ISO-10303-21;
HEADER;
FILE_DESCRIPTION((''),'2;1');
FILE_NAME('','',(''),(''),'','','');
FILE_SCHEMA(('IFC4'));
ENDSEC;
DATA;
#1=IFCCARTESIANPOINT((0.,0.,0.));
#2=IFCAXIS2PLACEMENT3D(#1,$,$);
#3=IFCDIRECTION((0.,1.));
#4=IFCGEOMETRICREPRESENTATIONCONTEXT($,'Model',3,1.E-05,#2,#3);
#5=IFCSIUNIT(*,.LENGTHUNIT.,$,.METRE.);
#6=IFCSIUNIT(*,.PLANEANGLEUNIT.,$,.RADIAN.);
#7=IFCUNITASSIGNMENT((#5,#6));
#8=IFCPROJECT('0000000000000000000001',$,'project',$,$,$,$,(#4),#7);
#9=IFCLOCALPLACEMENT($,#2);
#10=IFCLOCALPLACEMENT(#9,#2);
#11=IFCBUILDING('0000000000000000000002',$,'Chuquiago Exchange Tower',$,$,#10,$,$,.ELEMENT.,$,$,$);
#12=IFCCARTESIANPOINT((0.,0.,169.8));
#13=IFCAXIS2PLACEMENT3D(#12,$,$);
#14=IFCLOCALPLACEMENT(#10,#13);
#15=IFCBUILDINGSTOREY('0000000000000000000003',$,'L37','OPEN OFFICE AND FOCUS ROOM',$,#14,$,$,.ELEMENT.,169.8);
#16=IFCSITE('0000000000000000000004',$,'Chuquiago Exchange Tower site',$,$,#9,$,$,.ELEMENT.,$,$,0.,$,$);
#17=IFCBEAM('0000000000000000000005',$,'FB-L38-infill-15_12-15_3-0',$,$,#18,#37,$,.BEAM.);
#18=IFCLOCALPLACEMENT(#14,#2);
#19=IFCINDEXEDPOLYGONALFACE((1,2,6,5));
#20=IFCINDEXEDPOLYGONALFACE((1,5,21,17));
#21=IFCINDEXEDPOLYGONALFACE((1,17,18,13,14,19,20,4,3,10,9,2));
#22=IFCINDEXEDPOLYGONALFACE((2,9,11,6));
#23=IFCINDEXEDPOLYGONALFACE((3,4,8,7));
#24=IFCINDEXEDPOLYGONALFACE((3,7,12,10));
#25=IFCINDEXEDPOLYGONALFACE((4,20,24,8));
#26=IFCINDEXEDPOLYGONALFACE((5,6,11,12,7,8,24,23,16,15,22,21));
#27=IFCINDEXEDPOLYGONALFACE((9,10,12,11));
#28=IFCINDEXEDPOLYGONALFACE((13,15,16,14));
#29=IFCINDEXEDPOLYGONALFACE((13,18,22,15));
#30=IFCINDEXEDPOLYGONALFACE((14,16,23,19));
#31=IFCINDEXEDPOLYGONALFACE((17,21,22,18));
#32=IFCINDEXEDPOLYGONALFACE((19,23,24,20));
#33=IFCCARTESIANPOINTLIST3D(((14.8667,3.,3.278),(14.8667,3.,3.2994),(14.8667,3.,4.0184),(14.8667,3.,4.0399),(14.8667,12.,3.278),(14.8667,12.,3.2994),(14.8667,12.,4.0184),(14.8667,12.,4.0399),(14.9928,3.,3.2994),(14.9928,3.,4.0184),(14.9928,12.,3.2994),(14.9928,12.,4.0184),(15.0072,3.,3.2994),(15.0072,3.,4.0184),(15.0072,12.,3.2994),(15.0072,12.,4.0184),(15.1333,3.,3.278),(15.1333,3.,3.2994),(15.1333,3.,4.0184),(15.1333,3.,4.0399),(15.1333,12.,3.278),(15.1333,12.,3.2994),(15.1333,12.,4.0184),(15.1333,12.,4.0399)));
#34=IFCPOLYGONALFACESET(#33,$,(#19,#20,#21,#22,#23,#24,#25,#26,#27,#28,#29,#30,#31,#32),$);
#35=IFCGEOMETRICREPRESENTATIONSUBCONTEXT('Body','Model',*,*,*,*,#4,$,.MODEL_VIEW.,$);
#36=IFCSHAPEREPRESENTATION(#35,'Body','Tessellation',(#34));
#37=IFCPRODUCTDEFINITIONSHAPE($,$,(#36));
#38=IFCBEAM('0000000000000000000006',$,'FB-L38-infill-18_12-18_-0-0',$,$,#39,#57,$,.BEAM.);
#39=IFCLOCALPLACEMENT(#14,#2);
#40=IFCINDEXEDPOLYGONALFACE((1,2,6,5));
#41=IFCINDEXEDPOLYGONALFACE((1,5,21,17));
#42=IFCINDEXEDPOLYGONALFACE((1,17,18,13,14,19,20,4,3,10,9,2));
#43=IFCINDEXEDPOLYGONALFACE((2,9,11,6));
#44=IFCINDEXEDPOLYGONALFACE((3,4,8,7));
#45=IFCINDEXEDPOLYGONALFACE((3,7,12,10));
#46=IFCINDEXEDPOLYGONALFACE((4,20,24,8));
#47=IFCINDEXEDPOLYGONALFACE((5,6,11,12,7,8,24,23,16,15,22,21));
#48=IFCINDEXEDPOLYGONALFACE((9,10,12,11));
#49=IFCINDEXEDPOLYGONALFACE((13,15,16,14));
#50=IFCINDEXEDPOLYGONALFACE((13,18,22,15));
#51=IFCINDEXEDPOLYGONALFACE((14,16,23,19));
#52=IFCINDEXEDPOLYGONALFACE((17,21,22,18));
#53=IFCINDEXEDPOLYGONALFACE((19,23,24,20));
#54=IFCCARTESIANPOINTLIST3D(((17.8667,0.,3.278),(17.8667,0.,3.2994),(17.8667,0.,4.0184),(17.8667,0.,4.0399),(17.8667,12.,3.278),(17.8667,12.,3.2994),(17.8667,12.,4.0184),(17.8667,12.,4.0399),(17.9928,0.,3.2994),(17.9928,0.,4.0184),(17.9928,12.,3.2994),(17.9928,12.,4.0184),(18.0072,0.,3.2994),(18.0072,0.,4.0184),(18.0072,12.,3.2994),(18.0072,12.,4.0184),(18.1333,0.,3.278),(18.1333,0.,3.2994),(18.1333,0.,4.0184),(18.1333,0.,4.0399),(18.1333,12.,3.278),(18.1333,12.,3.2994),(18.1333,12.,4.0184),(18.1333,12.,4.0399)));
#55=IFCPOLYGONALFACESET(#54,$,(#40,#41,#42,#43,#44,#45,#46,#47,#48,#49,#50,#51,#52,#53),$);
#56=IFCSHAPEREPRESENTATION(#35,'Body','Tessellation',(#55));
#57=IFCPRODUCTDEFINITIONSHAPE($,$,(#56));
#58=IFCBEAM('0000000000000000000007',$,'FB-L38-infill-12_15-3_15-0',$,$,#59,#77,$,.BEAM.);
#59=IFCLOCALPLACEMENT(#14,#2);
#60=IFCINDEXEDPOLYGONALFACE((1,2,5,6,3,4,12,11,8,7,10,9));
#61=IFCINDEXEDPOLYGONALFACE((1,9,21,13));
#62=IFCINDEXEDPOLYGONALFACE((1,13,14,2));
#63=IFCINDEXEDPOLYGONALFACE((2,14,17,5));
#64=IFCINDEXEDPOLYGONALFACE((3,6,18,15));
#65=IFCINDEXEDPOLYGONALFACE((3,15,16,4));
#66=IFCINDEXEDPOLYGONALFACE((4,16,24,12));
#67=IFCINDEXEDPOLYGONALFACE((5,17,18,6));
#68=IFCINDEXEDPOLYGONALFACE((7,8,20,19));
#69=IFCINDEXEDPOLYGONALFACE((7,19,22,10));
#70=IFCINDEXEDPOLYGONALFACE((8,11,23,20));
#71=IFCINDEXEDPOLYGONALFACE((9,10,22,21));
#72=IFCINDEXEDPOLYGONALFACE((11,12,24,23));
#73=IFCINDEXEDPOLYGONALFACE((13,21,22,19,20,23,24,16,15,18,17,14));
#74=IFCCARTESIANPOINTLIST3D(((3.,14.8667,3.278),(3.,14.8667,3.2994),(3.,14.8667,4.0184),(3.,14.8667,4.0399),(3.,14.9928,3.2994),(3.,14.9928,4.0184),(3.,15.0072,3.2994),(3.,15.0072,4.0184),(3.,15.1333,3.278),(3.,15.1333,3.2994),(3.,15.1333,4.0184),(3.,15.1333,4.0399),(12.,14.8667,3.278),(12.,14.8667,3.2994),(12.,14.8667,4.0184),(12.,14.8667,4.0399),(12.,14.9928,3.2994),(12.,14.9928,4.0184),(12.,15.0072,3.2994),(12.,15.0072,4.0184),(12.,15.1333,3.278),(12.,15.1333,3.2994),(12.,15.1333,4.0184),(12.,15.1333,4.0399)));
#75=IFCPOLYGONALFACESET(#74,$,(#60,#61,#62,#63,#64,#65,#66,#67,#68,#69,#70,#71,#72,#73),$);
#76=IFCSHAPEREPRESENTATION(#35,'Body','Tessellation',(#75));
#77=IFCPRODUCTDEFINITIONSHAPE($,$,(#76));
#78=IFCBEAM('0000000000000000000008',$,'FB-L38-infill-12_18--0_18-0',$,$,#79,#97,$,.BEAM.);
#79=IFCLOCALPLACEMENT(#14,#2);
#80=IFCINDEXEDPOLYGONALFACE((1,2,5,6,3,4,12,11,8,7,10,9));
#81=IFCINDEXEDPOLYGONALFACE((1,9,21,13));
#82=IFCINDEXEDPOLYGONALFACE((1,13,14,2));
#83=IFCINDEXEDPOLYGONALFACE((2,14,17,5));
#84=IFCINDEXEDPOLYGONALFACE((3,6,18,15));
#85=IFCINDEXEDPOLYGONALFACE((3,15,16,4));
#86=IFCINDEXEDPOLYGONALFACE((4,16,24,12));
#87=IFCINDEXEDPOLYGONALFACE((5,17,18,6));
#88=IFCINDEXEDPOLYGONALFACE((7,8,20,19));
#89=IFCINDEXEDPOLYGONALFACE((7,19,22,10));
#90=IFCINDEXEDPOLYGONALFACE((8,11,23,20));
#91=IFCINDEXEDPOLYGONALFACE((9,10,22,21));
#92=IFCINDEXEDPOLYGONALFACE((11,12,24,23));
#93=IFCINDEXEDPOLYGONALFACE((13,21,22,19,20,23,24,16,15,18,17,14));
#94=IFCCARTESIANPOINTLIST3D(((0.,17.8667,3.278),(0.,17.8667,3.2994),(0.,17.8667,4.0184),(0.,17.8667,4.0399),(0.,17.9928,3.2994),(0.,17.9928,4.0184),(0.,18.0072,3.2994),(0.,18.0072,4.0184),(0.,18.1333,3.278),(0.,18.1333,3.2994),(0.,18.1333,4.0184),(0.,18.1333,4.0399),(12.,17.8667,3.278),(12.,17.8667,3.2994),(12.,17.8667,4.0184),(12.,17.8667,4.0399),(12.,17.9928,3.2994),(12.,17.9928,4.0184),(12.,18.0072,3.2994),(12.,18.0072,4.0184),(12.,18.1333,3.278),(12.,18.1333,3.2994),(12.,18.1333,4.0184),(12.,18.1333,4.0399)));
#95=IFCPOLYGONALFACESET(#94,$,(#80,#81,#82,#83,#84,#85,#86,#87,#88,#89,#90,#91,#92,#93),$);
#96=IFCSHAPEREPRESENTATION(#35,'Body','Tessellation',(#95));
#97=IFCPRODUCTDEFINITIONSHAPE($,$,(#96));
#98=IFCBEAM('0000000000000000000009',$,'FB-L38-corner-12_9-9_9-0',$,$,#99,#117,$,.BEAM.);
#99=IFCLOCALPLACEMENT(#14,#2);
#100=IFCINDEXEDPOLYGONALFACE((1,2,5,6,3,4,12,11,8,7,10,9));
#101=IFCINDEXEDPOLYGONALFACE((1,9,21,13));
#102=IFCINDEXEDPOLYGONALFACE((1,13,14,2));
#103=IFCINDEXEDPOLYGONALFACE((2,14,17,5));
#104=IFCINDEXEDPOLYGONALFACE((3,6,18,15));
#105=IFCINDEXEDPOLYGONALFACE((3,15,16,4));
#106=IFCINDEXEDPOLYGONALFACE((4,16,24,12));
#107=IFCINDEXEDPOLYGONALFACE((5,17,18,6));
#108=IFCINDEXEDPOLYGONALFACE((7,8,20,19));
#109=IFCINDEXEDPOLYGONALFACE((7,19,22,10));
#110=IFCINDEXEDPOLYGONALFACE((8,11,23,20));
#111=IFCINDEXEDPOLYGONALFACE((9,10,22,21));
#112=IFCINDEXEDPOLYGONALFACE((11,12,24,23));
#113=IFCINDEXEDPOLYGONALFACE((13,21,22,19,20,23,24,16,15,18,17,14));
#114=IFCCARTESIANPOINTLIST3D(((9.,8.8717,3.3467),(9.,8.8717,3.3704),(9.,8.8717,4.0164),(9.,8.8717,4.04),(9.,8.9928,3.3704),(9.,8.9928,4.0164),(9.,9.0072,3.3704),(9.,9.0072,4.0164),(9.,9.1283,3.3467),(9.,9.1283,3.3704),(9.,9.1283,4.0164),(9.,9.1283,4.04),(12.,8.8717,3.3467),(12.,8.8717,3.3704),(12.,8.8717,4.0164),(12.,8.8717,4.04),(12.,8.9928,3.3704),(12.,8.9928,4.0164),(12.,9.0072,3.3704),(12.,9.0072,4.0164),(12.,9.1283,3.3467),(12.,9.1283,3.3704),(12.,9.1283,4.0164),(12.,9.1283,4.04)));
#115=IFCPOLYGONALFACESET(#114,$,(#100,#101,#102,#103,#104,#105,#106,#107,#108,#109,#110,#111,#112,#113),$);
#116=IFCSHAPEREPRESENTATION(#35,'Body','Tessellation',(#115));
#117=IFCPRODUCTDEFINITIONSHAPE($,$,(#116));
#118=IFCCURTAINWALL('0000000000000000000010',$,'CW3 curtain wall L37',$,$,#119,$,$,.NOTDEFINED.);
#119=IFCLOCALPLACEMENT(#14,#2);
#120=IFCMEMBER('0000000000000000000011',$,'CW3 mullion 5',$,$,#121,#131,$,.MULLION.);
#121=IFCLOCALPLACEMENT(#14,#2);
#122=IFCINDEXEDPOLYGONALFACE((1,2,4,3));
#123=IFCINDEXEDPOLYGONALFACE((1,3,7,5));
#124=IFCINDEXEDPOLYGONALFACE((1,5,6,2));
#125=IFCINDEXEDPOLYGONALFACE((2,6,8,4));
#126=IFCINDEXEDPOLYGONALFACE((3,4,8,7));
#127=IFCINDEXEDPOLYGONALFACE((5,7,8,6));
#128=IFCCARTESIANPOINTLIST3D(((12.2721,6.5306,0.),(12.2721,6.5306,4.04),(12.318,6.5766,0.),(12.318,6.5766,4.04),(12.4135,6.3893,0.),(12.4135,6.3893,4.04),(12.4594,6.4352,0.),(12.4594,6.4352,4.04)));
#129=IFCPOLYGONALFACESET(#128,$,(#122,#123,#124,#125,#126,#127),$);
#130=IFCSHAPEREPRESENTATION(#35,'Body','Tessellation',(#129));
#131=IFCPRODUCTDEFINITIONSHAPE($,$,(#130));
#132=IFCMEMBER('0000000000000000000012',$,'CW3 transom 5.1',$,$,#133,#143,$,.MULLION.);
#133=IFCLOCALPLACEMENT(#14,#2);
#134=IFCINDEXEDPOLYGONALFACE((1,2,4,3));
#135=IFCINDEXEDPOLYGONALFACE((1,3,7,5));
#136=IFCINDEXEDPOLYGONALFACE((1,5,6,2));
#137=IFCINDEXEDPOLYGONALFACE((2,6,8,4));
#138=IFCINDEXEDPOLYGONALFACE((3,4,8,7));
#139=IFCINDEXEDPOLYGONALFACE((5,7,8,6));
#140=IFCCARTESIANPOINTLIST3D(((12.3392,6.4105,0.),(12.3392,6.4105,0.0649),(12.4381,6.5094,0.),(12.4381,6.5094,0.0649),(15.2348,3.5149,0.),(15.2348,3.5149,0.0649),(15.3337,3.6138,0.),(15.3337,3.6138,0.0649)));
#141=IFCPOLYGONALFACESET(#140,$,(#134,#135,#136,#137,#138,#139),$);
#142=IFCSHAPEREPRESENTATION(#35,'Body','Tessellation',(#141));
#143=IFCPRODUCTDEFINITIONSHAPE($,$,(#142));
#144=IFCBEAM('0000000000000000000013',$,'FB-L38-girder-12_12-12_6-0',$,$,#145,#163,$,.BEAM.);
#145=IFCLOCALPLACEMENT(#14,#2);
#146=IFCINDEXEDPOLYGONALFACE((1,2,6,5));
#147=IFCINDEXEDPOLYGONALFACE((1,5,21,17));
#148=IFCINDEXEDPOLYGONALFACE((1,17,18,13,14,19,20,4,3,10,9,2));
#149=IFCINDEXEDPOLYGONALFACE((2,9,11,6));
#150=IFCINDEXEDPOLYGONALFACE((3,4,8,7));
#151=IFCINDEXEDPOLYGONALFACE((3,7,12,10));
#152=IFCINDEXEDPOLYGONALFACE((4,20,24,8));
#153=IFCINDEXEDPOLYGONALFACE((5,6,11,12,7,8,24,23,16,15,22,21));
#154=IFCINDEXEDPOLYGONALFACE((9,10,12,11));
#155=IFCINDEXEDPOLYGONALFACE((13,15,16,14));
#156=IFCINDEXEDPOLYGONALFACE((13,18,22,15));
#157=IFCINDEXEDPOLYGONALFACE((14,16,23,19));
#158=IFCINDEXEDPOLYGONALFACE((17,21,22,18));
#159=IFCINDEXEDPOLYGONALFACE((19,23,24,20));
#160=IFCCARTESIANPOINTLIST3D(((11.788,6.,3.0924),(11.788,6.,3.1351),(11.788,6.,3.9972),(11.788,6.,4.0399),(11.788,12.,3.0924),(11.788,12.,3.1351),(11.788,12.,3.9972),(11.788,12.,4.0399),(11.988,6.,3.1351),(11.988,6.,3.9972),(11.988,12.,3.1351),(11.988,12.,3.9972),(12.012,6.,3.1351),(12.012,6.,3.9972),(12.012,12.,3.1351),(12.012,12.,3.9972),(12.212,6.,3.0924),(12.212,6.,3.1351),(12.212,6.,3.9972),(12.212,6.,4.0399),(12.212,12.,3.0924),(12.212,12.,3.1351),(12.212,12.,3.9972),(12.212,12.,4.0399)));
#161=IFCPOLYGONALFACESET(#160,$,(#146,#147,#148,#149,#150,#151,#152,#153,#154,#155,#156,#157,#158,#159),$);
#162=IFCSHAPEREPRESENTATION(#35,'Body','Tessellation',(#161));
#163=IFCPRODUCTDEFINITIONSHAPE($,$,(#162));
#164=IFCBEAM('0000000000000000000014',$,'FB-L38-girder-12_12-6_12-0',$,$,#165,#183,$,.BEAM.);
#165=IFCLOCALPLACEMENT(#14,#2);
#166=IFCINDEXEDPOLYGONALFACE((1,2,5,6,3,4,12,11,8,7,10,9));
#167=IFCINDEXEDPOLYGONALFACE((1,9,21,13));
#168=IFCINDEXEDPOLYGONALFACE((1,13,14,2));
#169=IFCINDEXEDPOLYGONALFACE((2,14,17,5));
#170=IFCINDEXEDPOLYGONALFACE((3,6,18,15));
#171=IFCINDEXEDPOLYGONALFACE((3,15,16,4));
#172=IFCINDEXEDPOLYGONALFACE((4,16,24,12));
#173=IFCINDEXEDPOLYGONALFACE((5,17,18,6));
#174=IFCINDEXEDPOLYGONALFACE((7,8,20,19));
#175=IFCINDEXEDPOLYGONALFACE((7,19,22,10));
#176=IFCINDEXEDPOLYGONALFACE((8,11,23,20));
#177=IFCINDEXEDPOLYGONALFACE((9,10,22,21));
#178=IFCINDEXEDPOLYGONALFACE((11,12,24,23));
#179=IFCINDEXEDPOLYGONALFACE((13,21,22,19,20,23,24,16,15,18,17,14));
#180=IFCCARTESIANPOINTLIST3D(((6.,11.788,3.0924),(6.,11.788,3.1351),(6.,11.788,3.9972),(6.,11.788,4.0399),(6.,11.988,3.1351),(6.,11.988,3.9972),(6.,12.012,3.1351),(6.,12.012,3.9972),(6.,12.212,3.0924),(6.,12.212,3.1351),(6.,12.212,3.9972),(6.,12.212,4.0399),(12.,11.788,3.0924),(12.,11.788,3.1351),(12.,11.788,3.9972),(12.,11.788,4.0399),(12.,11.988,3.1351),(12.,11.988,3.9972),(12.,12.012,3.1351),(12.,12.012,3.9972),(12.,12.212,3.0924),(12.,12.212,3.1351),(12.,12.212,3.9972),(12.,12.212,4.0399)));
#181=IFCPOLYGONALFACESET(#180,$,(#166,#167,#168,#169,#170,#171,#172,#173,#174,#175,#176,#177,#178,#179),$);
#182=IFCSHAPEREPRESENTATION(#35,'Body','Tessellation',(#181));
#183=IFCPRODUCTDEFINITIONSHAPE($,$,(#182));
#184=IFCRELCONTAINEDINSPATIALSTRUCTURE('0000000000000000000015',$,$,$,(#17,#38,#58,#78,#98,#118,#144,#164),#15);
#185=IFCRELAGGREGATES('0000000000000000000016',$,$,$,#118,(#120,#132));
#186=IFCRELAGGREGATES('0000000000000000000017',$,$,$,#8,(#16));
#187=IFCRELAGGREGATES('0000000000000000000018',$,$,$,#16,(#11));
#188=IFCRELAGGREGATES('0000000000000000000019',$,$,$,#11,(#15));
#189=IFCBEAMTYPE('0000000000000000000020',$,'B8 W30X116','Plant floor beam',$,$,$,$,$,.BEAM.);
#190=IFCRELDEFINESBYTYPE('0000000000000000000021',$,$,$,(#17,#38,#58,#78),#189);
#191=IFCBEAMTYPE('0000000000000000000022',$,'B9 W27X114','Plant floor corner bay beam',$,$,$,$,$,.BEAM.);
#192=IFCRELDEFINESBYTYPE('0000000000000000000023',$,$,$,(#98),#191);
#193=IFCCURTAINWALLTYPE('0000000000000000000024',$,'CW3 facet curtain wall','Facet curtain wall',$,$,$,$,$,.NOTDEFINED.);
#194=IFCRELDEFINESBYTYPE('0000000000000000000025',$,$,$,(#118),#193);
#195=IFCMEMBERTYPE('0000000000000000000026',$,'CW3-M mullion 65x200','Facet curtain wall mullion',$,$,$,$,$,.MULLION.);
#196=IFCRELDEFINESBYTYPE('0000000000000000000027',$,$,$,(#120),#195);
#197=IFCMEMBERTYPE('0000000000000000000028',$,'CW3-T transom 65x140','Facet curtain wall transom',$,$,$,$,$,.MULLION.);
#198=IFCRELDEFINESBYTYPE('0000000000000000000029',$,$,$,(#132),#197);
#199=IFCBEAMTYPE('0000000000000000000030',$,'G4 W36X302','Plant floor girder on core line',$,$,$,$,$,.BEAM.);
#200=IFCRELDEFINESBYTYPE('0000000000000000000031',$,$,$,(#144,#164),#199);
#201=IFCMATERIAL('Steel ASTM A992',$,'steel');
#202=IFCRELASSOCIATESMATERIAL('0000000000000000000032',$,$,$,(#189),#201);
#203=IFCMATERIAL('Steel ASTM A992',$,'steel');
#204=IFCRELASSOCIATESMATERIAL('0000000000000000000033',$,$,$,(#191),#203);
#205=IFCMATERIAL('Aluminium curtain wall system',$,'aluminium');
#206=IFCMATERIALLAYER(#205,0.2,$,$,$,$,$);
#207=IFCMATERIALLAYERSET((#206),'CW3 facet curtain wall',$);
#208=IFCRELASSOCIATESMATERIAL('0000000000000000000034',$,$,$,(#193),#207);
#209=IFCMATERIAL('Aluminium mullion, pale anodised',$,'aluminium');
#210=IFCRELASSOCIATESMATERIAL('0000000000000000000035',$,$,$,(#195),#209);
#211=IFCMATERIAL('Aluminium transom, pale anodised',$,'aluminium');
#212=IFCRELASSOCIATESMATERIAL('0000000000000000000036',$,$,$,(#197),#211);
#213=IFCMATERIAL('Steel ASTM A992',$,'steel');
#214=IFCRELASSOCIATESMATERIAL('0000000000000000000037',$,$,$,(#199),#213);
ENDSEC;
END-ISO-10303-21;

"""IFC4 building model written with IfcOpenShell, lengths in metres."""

from ifc_helpers import new_model, si_unit, direction, frame, origin, origin_2d, place, context, subcontext, project, spatial, rectangle, i_section, extrude, material, layer, layer_set, material_profile, profile_set, type_object, element, aggregate, save


model = new_model("IFC4")

# Units and contexts
model_context = context("Model", 3, precision=1e-05, world=origin(), true_north=direction((0.0, 1.0)))
body_context = subcontext(model_context, "Body", "Model", "MODEL_VIEW")
ifc_project = project(units=[si_unit("LENGTHUNIT", "METRE"), si_unit("PLANEANGLEUNIT", "RADIAN")], contexts=[model_context])

# Site, building, storey
site_placement = place(None, origin())
site = spatial("IfcSite", under=ifc_project, at=site_placement, Name="Chuquiago Exchange Tower site", CompositionType="ELEMENT", RefElevation=0.0)
building_placement = place(site_placement, origin())
building = spatial("IfcBuilding", under=site, at=building_placement, Name="Chuquiago Exchange Tower", CompositionType="ELEMENT")
storey_placement = place(building_placement, frame((0.0, 0.0, 169.8)))
storey = spatial("IfcBuildingStorey", under=building, at=storey_placement, Name="L37", Description="OPEN OFFICE AND FOCUS ROOM", CompositionType="ELEMENT", Elevation=169.8)

# Beams
ifc_material_1 = material(Name="Steel ASTM A992", Category="steel")
ifc_material_profile_1 = material_profile(ifc_material_1, i_section(OverallWidth=0.2666, OverallDepth=0.762, WebThickness=0.0144, FlangeThickness=0.0215, at=origin_2d()), Name="W30X116")
ifc_profile_set_1 = profile_set([ifc_material_profile_1], Name="Steel ASTM A992")
beam_type_1 = type_object("IfcBeamType", Name="B8 W30X116", Description="Plant floor beam", PredefinedType="BEAM", material=ifc_profile_set_1)
beam_1_placement = place(storey_placement, frame((15.0, 12.0, 3.6589), z_axis=(0.0, -1.0, 0.0), x_axis=(1.0, 0.0, 0.0)))
element("IfcBeam", 1, at=beam_1_placement, inside=storey, type_object=beam_type_1, Name="FB-L38-infill-15_12-15_3-0", PredefinedType="BEAM", context=body_context, shape_type="SweptSolid", body=[
    extrude(i_section(OverallWidth=0.2666, OverallDepth=0.762, WebThickness=0.0144, FlangeThickness=0.0215, at=origin_2d()), origin(), (0.0, 0.0, 1.0), 9.0),
])
beam_2_placement = place(storey_placement, frame((18.0, 12.0, 3.6589), z_axis=(0.0, -1.0, 0.0), x_axis=(1.0, 0.0, 0.0)))
element("IfcBeam", 2, at=beam_2_placement, inside=storey, type_object=beam_type_1, Name="FB-L38-infill-18_12-18_-0-0", PredefinedType="BEAM", context=body_context, shape_type="SweptSolid", body=[
    extrude(i_section(OverallWidth=0.2666, OverallDepth=0.762, WebThickness=0.0144, FlangeThickness=0.0215, at=origin_2d()), origin(), (0.0, 0.0, 1.0), 12.0),
])
beam_3_placement = place(storey_placement, frame((12.0, 15.0, 3.6589), z_axis=(-1.0, 0.0, 0.0), x_axis=(0.0, -1.0, 0.0)))
element("IfcBeam", 3, at=beam_3_placement, inside=storey, type_object=beam_type_1, Name="FB-L38-infill-12_15-3_15-0", PredefinedType="BEAM", context=body_context, shape_type="SweptSolid", body=[
    extrude(i_section(OverallWidth=0.2666, OverallDepth=0.762, WebThickness=0.0144, FlangeThickness=0.0215, at=origin_2d()), origin(), (0.0, 0.0, 1.0), 9.0),
])
beam_4_placement = place(storey_placement, frame((12.0, 18.0, 3.6589), z_axis=(-1.0, 0.0, 0.0), x_axis=(0.0, -1.0, 0.0)))
element("IfcBeam", 4, at=beam_4_placement, inside=storey, type_object=beam_type_1, Name="FB-L38-infill-12_18--0_18-0", PredefinedType="BEAM", context=body_context, shape_type="SweptSolid", body=[
    extrude(i_section(OverallWidth=0.2666, OverallDepth=0.762, WebThickness=0.0144, FlangeThickness=0.0215, at=origin_2d()), origin(), (0.0, 0.0, 1.0), 12.0),
])
ifc_material_2 = material(Name="Steel ASTM A992", Category="steel")
ifc_material_profile_2 = material_profile(ifc_material_2, i_section(OverallWidth=0.2566, OverallDepth=0.6934, WebThickness=0.0144, FlangeThickness=0.0237, at=origin_2d()), Name="W27X114")
ifc_profile_set_2 = profile_set([ifc_material_profile_2], Name="Steel ASTM A992")
beam_type_2 = type_object("IfcBeamType", Name="B9 W27X114", Description="Plant floor corner bay beam", PredefinedType="BEAM", material=ifc_profile_set_2)
beam_5_placement = place(storey_placement, frame((12.0, 9.0, 3.6934), z_axis=(-1.0, 0.0, 0.0), x_axis=(0.0, -1.0, 0.0)))
element("IfcBeam", 5, at=beam_5_placement, inside=storey, type_object=beam_type_2, Name="FB-L38-corner-12_9-9_9-0", PredefinedType="BEAM", context=body_context, shape_type="SweptSolid", body=[
    extrude(i_section(OverallWidth=0.2566, OverallDepth=0.6934, WebThickness=0.0144, FlangeThickness=0.0237, at=origin_2d()), origin(), (0.0, 0.0, 1.0), 3.0),
])

# Curtain wall, members
ifc_material_3 = material(Name="Aluminium curtain wall system", Category="aluminium")
ifc_layer_1 = layer(ifc_material_3, 0.2)
ifc_layer_set_1 = layer_set([ifc_layer_1], Name="CW3 facet curtain wall")
curtain_wall_type = type_object("IfcCurtainWallType", Name="CW3 facet curtain wall", Description="Facet curtain wall", PredefinedType="NOTDEFINED", material=ifc_layer_set_1)
curtain_wall_placement = place(storey_placement, origin())
curtain_wall = element("IfcCurtainWall", 6, at=curtain_wall_placement, inside=storey, type_object=curtain_wall_type, Name="CW3 curtain wall L37", PredefinedType="NOTDEFINED")
ifc_material_4 = material(Name="Aluminium mullion, pale anodised", Category="aluminium")
ifc_material_profile_3 = material_profile(ifc_material_4, rectangle(XDim=0.0649, YDim=0.2, at=origin_2d()), Name="AL 65x200")
ifc_profile_set_3 = profile_set([ifc_material_profile_3], Name="Aluminium mullion, pale anodised")
member_type_1 = type_object("IfcMemberType", Name="CW3-M mullion 65x200", Description="Facet curtain wall mullion", PredefinedType="MULLION", material=ifc_profile_set_3)
member_1_placement = place(storey_placement, frame((12.3657, 6.4829, 0.0), z_axis=(0.0, 0.0, 1.0), x_axis=(0.707107, 0.707107, 0.0)))
member_1 = element("IfcMember", 7, at=member_1_placement, type_object=member_type_1, Name="CW3 mullion 5", PredefinedType="MULLION", context=body_context, shape_type="SweptSolid", body=[
    extrude(rectangle(XDim=0.0649, YDim=0.2, at=origin_2d()), origin(), (0.0, 0.0, 1.0), 4.04),
])
ifc_material_5 = material(Name="Aluminium transom, pale anodised", Category="aluminium")
ifc_material_profile_4 = material_profile(ifc_material_5, rectangle(XDim=0.1399, YDim=0.0649, at=origin_2d()), Name="AL 140x65")
ifc_profile_set_4 = profile_set([ifc_material_profile_4], Name="Aluminium transom, pale anodised")
member_type_2 = type_object("IfcMemberType", Name="CW3-T transom 65x140", Description="Facet curtain wall transom", PredefinedType="MULLION", material=ifc_profile_set_4)
member_2_placement = place(storey_placement, frame((12.3887, 6.46, 0.0325), z_axis=(0.707107, -0.707107, 0.0), x_axis=(0.707107, 0.707107, 0.0)))
member_2 = element("IfcMember", 8, at=member_2_placement, type_object=member_type_2, Name="CW3 transom 5.1", PredefinedType="MULLION", context=body_context, shape_type="SweptSolid", body=[
    extrude(rectangle(XDim=0.1399, YDim=0.0649, at=origin_2d()), origin(), (0.0, 0.0, 1.0), 4.095),
])
aggregate(curtain_wall, [member_1, member_2])

# Beams
ifc_material_6 = material(Name="Steel ASTM A992", Category="steel")
ifc_material_profile_5 = material_profile(ifc_material_6, i_section(OverallWidth=0.4241, OverallDepth=0.9475, WebThickness=0.0239, FlangeThickness=0.0427, at=origin_2d()), Name="W36X302")
ifc_profile_set_5 = profile_set([ifc_material_profile_5], Name="Steel ASTM A992")
beam_type_3 = type_object("IfcBeamType", Name="G4 W36X302", Description="Plant floor girder on core line", PredefinedType="BEAM", material=ifc_profile_set_5)
for number, where, z_axis, x_axis, name in (
    (9, (12.0, 12.0, 3.5662), (0.0, -1.0, 0.0), (1.0, 0.0, 0.0), "FB-L38-girder-12_12-12_6-0"),
    (10, (12.0, 12.0, 3.5662), (-1.0, 0.0, 0.0), (0.0, -1.0, 0.0), "FB-L38-girder-12_12-6_12-0"),
):
    element("IfcBeam", number, at=place(storey_placement, frame(where, z_axis=z_axis, x_axis=x_axis)), inside=storey, type_object=beam_type_3, Name=name, PredefinedType="BEAM", context=body_context, shape_type="SweptSolid", body=[
        extrude(i_section(OverallWidth=0.4241, OverallDepth=0.9475, WebThickness=0.0239, FlangeThickness=0.0427, at=origin_2d()), origin(), (0.0, 0.0, 1.0), 6.0),
    ])

save(model, "model.ifc")
